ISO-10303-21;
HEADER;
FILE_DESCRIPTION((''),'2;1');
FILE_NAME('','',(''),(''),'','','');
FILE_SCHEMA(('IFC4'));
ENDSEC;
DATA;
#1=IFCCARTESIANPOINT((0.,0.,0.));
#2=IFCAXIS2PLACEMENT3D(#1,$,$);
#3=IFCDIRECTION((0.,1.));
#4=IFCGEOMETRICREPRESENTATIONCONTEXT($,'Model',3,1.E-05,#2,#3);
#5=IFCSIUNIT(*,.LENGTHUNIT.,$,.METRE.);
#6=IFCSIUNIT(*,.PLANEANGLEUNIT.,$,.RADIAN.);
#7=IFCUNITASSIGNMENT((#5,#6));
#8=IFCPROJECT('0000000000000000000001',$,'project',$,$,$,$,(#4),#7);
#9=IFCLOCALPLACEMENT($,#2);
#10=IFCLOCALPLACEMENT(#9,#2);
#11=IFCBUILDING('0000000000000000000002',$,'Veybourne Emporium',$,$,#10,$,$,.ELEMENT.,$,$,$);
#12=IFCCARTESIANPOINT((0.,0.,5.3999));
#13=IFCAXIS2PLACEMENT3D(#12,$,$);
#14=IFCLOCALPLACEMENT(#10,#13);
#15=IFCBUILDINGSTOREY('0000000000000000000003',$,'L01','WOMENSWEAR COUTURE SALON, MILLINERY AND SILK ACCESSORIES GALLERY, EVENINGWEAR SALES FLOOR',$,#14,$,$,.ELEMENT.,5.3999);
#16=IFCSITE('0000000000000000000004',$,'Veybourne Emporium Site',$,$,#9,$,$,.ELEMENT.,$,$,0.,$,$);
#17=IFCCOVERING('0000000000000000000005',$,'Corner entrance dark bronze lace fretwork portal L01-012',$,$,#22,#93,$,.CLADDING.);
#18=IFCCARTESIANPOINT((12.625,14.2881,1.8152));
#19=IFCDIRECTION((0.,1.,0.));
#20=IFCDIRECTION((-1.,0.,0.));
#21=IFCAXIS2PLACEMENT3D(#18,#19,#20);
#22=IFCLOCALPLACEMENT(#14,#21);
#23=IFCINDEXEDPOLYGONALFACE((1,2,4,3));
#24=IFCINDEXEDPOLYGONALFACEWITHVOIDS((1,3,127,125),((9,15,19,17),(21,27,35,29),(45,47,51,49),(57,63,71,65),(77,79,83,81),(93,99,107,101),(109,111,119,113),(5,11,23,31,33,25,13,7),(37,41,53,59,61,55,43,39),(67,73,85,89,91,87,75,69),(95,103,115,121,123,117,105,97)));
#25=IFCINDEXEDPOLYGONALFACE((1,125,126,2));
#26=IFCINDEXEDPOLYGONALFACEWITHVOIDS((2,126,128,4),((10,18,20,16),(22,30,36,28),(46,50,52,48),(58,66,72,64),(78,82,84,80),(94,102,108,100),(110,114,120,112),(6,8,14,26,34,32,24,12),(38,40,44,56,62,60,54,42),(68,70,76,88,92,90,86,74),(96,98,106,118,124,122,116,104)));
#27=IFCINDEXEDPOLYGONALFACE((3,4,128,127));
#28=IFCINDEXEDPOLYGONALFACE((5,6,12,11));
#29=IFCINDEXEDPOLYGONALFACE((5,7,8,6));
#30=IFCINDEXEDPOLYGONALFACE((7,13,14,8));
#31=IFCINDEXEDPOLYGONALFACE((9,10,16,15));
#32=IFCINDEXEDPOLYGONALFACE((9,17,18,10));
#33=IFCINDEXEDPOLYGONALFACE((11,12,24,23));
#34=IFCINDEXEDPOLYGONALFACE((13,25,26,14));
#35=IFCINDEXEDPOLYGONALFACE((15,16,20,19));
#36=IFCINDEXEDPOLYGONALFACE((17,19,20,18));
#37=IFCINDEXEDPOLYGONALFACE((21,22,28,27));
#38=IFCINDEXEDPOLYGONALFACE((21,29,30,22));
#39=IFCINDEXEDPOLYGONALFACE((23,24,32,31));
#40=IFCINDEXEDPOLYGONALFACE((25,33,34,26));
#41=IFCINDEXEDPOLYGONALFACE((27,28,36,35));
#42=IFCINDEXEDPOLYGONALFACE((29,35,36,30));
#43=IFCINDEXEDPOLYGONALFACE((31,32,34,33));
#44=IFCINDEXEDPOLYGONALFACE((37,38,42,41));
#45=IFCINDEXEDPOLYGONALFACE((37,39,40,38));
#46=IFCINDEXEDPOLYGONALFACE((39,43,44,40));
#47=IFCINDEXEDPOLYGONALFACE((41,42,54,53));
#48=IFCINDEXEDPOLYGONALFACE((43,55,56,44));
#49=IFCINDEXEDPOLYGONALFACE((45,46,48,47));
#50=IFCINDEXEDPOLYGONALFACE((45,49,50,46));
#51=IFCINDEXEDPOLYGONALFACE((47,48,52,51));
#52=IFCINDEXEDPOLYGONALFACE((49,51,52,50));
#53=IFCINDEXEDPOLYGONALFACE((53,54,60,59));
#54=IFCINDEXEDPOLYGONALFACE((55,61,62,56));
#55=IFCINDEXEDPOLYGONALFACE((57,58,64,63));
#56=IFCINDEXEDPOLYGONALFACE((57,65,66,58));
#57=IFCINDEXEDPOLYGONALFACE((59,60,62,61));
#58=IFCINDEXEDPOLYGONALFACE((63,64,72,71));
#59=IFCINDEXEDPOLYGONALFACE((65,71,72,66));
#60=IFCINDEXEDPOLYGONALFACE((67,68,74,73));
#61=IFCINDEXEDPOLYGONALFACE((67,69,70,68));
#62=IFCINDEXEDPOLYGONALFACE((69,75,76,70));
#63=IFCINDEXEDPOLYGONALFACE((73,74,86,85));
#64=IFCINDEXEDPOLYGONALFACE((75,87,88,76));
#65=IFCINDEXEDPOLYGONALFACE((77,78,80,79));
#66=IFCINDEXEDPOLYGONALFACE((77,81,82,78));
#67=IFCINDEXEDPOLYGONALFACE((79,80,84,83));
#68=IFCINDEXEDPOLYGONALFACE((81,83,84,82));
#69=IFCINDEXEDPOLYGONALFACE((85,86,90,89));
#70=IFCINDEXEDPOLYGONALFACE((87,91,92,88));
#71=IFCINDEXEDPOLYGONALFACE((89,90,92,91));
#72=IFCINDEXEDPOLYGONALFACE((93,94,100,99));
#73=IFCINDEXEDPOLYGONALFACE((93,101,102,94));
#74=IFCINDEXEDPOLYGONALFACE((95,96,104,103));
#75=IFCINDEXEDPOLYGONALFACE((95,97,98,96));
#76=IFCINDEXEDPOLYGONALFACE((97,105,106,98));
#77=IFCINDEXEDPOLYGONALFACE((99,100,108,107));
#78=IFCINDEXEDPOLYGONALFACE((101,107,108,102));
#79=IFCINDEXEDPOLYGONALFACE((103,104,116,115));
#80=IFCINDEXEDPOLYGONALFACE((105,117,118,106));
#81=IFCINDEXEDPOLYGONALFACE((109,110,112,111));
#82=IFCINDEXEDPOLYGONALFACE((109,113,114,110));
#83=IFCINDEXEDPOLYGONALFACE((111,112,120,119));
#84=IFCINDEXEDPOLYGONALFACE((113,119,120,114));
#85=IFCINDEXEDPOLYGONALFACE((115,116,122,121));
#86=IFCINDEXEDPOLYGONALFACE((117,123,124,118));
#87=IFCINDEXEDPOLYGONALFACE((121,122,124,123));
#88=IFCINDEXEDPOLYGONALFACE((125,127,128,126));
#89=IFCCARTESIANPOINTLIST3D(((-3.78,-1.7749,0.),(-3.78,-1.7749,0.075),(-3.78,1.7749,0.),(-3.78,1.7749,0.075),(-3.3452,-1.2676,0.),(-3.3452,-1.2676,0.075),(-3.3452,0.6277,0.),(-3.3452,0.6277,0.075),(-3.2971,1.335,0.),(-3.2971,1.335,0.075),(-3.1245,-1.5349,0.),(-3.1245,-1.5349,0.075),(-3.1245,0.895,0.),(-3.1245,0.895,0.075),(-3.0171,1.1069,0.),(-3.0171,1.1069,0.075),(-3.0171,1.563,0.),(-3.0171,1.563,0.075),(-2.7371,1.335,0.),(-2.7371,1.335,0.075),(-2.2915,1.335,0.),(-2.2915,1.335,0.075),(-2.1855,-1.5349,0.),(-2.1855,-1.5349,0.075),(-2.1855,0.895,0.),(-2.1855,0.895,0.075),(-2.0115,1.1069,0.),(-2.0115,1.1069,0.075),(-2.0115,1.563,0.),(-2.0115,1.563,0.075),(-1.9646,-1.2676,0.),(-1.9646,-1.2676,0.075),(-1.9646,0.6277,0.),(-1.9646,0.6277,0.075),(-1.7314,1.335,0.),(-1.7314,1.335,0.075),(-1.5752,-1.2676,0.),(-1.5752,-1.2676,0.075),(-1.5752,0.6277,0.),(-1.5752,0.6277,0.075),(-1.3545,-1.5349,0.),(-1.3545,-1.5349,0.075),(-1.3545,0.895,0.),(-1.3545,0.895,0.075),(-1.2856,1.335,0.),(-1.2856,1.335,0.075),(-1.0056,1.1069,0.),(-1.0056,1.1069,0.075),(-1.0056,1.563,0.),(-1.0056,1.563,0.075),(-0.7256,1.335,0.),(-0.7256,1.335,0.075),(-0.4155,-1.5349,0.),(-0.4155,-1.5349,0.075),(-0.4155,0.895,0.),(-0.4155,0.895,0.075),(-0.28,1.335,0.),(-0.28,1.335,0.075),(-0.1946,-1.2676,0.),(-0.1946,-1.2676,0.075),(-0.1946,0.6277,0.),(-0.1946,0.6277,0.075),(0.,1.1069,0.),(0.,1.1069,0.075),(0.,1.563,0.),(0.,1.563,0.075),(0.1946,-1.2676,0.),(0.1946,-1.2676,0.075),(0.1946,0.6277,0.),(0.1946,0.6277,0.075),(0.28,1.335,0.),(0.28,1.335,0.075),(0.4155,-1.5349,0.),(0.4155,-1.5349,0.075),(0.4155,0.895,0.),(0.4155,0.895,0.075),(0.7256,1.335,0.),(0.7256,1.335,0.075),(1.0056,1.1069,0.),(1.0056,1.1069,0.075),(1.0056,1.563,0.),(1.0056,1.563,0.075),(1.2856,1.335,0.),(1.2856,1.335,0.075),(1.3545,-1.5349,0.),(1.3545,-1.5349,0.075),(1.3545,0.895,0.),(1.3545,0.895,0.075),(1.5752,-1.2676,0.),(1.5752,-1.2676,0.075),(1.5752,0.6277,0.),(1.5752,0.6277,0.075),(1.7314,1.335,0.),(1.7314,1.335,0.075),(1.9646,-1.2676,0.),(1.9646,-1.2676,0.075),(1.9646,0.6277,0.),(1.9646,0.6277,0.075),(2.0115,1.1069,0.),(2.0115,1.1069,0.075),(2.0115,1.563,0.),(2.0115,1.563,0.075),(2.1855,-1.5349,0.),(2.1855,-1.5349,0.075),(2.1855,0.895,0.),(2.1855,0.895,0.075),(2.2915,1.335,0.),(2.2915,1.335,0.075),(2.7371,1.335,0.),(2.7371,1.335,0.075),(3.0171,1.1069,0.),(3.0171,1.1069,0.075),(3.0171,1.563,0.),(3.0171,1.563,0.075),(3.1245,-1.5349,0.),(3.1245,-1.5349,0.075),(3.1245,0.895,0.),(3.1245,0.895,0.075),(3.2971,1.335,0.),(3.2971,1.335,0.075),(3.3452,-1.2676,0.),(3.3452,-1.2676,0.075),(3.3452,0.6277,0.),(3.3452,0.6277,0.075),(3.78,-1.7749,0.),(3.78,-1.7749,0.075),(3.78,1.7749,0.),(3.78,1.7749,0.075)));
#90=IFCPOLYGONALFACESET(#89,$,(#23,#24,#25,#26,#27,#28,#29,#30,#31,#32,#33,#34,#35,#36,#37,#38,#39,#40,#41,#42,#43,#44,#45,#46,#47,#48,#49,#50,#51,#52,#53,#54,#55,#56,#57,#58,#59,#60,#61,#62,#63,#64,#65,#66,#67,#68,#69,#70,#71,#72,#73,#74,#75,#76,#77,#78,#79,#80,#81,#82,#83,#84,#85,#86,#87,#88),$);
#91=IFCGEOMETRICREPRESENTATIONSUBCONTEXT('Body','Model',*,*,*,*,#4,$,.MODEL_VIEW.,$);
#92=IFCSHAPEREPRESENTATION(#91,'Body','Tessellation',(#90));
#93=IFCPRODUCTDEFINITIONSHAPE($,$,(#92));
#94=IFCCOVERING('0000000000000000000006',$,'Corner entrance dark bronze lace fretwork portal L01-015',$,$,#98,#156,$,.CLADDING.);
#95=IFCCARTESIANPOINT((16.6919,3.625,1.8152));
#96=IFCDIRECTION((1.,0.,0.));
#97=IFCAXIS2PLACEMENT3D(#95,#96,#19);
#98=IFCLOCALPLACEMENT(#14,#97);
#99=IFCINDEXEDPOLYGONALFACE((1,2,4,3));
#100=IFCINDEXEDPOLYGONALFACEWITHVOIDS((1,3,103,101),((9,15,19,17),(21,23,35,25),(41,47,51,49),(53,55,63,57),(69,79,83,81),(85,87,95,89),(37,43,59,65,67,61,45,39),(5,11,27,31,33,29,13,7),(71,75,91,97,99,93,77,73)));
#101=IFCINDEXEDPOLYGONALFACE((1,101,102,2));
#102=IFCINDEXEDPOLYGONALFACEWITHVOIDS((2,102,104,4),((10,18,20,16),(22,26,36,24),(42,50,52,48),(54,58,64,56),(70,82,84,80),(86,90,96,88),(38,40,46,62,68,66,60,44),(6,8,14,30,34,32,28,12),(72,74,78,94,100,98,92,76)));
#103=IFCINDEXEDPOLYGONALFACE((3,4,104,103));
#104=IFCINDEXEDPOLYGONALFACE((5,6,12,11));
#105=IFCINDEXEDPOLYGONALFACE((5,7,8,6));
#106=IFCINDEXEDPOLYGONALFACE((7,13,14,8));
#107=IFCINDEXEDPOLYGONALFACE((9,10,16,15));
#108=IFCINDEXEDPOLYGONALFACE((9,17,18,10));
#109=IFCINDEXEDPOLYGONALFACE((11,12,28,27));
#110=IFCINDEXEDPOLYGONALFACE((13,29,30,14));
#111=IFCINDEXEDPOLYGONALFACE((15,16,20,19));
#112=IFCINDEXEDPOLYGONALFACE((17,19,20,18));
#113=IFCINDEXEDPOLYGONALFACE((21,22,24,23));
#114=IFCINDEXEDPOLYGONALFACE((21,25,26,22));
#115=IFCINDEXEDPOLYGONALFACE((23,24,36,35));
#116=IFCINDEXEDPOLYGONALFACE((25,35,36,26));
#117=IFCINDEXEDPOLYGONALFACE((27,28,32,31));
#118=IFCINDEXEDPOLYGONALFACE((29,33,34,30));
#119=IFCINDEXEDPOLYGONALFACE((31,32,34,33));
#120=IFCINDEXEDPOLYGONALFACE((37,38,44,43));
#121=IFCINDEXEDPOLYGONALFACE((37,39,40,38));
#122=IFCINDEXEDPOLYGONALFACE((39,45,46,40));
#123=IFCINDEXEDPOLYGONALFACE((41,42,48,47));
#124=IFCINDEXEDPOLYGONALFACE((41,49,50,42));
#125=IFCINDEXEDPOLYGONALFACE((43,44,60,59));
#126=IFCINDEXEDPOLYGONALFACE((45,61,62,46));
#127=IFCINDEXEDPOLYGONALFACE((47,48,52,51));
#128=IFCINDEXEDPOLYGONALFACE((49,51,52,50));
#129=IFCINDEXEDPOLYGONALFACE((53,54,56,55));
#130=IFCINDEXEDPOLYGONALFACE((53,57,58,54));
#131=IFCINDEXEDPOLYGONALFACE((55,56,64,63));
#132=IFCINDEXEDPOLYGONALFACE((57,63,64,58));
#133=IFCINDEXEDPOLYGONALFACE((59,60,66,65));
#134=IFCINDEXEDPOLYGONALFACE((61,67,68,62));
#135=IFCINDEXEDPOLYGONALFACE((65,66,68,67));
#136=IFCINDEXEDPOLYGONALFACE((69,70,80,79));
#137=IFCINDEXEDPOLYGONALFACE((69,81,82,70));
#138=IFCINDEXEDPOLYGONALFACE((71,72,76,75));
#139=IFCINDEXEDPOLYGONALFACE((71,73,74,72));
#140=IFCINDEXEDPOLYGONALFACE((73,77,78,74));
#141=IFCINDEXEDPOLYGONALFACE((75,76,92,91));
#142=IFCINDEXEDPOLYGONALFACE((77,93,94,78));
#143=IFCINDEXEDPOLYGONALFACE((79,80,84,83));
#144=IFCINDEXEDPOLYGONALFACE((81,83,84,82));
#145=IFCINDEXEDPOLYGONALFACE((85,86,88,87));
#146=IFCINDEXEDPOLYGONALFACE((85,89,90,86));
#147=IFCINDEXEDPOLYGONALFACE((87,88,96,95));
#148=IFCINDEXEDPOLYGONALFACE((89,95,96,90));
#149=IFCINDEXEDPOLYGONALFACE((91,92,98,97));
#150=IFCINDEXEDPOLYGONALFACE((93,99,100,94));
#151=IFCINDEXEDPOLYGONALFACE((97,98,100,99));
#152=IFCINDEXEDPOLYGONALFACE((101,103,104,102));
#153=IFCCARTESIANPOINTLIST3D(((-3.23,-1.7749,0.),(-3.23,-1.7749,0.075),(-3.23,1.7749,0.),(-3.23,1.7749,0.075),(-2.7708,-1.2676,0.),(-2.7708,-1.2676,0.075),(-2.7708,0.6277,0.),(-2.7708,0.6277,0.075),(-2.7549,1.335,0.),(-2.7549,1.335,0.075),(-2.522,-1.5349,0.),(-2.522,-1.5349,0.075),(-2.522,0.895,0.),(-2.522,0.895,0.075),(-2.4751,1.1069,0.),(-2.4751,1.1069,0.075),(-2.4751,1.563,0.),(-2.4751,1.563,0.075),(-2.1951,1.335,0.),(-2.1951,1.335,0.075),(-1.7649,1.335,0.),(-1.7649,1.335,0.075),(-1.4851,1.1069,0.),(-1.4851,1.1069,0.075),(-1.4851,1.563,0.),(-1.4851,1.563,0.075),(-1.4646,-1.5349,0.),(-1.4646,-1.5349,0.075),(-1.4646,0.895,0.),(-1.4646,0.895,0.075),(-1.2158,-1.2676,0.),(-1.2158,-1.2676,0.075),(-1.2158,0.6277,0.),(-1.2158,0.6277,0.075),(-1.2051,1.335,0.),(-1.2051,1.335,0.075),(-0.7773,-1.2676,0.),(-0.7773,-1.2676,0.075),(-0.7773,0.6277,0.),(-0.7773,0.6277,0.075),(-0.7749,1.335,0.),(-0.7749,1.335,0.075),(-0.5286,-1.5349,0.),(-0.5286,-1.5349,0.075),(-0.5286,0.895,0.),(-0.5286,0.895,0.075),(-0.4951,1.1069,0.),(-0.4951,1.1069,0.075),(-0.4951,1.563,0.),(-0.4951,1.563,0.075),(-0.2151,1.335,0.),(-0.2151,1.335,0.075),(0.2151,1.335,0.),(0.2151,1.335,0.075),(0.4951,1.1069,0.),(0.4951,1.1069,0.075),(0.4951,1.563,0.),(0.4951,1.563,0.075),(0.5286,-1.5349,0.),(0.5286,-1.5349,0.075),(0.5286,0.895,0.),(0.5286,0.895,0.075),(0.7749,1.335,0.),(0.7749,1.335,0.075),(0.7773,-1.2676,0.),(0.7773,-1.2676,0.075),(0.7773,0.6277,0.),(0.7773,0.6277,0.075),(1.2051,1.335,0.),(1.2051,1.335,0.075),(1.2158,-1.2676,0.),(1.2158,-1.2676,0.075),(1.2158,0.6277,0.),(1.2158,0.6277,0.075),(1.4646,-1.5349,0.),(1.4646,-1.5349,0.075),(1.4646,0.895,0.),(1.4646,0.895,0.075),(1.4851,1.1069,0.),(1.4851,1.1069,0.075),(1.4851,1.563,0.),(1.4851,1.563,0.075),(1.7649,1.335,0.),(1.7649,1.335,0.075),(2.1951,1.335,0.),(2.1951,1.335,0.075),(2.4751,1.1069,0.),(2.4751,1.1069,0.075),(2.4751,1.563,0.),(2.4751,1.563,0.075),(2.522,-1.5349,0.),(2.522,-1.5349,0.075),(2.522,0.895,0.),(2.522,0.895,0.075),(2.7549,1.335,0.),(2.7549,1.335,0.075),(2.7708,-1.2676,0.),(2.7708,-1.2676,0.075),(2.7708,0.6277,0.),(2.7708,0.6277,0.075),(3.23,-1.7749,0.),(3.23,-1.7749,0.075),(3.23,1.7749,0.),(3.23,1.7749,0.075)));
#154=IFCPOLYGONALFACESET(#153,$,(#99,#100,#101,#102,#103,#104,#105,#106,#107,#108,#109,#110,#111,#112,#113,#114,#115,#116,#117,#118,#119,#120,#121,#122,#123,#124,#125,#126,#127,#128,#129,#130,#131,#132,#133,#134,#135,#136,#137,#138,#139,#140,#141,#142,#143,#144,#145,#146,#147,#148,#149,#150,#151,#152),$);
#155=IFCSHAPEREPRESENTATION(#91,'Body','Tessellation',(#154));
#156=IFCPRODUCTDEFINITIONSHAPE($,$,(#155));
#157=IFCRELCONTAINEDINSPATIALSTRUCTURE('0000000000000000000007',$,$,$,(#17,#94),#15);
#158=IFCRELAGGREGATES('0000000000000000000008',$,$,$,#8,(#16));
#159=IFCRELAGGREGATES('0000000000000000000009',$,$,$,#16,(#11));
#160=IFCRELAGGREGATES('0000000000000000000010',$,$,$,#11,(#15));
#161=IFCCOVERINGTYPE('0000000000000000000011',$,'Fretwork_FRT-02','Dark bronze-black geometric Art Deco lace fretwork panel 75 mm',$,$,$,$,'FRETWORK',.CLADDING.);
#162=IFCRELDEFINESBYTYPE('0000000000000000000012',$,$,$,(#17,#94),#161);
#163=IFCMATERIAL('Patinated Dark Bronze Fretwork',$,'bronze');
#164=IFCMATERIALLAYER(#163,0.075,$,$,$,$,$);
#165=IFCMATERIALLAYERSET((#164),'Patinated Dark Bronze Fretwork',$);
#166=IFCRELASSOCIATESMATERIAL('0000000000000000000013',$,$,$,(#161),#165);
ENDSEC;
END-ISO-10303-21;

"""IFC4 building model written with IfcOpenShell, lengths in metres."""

from ifc_helpers import new_model, si_unit, direction, frame, origin, place, context, subcontext, project, spatial, polyline, outline, extrude, material, layer, layer_set, type_object, element, save


model = new_model("IFC4")

# Units and contexts
model_context = context("Model", 3, precision=1e-05, world=origin(), true_north=direction((0.0, 1.0)))
body_context = subcontext(model_context, "Body", "Model", "MODEL_VIEW")
ifc_project = project(units=[si_unit("LENGTHUNIT", "METRE"), si_unit("PLANEANGLEUNIT", "RADIAN")], contexts=[model_context])

# Site, building, storey
site_placement = place(None, origin())
site = spatial("IfcSite", under=ifc_project, at=site_placement, Name="Veybourne Emporium Site", CompositionType="ELEMENT", RefElevation=0.0)
building_placement = place(site_placement, origin())
building = spatial("IfcBuilding", under=site, at=building_placement, Name="Veybourne Emporium", CompositionType="ELEMENT")
storey_placement = place(building_placement, frame((0.0, 0.0, 5.3999)))
storey = spatial("IfcBuildingStorey", under=building, at=storey_placement, Name="L01", Description="WOMENSWEAR COUTURE SALON, MILLINERY AND SILK ACCESSORIES GALLERY, EVENINGWEAR SALES FLOOR", CompositionType="ELEMENT", Elevation=5.3999)

# Coverings
ifc_material_1 = material(Name="Patinated Dark Bronze Fretwork", Category="bronze")
ifc_layer_1 = layer(ifc_material_1, 0.075)
ifc_layer_set_1 = layer_set([ifc_layer_1], Name="Patinated Dark Bronze Fretwork")
covering_type = type_object("IfcCoveringType", Name="Fretwork_FRT-02", Description="Dark bronze-black geometric Art Deco lace fretwork panel 75 mm", ElementType="FRETWORK", PredefinedType="CLADDING", material=ifc_layer_set_1)
covering_1_placement = place(storey_placement, frame((12.625, 14.2881, 1.8152), z_axis=(0.0, 1.0, 0.0), x_axis=(-1.0, 0.0, 0.0)))
element("IfcCovering", 1, at=covering_1_placement, inside=storey, type_object=covering_type, Name="Corner entrance dark bronze lace fretwork portal L01-012", PredefinedType="CLADDING", context=body_context, shape_type="SweptSolid", body=[
    extrude(outline(polyline([(-3.78, -1.7749), (3.78, -1.7749), (3.78, 1.7749), (-3.78, 1.7749), (-3.78, -1.7749)]), holes=[polyline([(-3.1245, 0.895), (-2.1855, 0.895), (-1.9646, 0.6277), (-1.9646, -1.2676), (-2.1855, -1.5349), (-3.1245, -1.5349), (-3.3452, -1.2676), (-3.3452, 0.6277), (-3.1245, 0.895)]), polyline([(-1.3545, 0.895), (-0.4155, 0.895), (-0.1946, 0.6277), (-0.1946, -1.2676), (-0.4155, -1.5349), (-1.3545, -1.5349), (-1.5752, -1.2676), (-1.5752, 0.6277), (-1.3545, 0.895)]), polyline([(0.4155, 0.895), (1.3545, 0.895), (1.5752, 0.6277), (1.5752, -1.2676), (1.3545, -1.5349), (0.4155, -1.5349), (0.1946, -1.2676), (0.1946, 0.6277), (0.4155, 0.895)]), polyline([(2.1855, 0.895), (3.1245, 0.895), (3.3452, 0.6277), (3.3452, -1.2676), (3.1245, -1.5349), (2.1855, -1.5349), (1.9646, -1.2676), (1.9646, 0.6277), (2.1855, 0.895)]), polyline([(-3.0171, 1.563), (-2.7371, 1.335), (-3.0171, 1.1069), (-3.2971, 1.335), (-3.0171, 1.563)]), polyline([(-2.0115, 1.563), (-1.7314, 1.335), (-2.0115, 1.1069), (-2.2915, 1.335), (-2.0115, 1.563)]), polyline([(-1.0056, 1.563), (-0.7256, 1.335), (-1.0056, 1.1069), (-1.2856, 1.335), (-1.0056, 1.563)]), polyline([(0.0, 1.563), (0.28, 1.335), (0.0, 1.1069), (-0.28, 1.335), (0.0, 1.563)]), polyline([(1.0056, 1.563), (1.2856, 1.335), (1.0056, 1.1069), (0.7256, 1.335), (1.0056, 1.563)]), polyline([(2.0115, 1.563), (2.2915, 1.335), (2.0115, 1.1069), (1.7314, 1.335), (2.0115, 1.563)]), polyline([(3.0171, 1.563), (3.2971, 1.335), (3.0171, 1.1069), (2.7371, 1.335), (3.0171, 1.563)])]), origin(), (0.0, 0.0, 1.0), 0.075),
])
covering_2_placement = place(storey_placement, frame((16.6919, 3.625, 1.8152), z_axis=(1.0, 0.0, 0.0), x_axis=(0.0, 1.0, 0.0)))
element("IfcCovering", 2, at=covering_2_placement, inside=storey, type_object=covering_type, Name="Corner entrance dark bronze lace fretwork portal L01-015", PredefinedType="CLADDING", context=body_context, shape_type="SweptSolid", body=[
    extrude(outline(polyline([(-3.23, -1.7749), (3.23, -1.7749), (3.23, 1.7749), (-3.23, 1.7749), (-3.23, -1.7749)]), holes=[polyline([(-2.522, 0.895), (-1.4646, 0.895), (-1.2158, 0.6277), (-1.2158, -1.2676), (-1.4646, -1.5349), (-2.522, -1.5349), (-2.7708, -1.2676), (-2.7708, 0.6277), (-2.522, 0.895)]), polyline([(-0.5286, 0.895), (0.5286, 0.895), (0.7773, 0.6277), (0.7773, -1.2676), (0.5286, -1.5349), (-0.5286, -1.5349), (-0.7773, -1.2676), (-0.7773, 0.6277), (-0.5286, 0.895)]), polyline([(1.4646, 0.895), (2.522, 0.895), (2.7708, 0.6277), (2.7708, -1.2676), (2.522, -1.5349), (1.4646, -1.5349), (1.2158, -1.2676), (1.2158, 0.6277), (1.4646, 0.895)]), polyline([(-2.4751, 1.563), (-2.1951, 1.335), (-2.4751, 1.1069), (-2.7549, 1.335), (-2.4751, 1.563)]), polyline([(-1.4851, 1.563), (-1.2051, 1.335), (-1.4851, 1.1069), (-1.7649, 1.335), (-1.4851, 1.563)]), polyline([(-0.4951, 1.563), (-0.2151, 1.335), (-0.4951, 1.1069), (-0.7749, 1.335), (-0.4951, 1.563)]), polyline([(0.4951, 1.563), (0.7749, 1.335), (0.4951, 1.1069), (0.2151, 1.335), (0.4951, 1.563)]), polyline([(1.4851, 1.563), (1.7649, 1.335), (1.4851, 1.1069), (1.2051, 1.335), (1.4851, 1.563)]), polyline([(2.4751, 1.563), (2.7549, 1.335), (2.4751, 1.1069), (2.1951, 1.335), (2.4751, 1.563)])]), origin(), (0.0, 0.0, 1.0), 0.075),
])

save(model, "model.ifc")
